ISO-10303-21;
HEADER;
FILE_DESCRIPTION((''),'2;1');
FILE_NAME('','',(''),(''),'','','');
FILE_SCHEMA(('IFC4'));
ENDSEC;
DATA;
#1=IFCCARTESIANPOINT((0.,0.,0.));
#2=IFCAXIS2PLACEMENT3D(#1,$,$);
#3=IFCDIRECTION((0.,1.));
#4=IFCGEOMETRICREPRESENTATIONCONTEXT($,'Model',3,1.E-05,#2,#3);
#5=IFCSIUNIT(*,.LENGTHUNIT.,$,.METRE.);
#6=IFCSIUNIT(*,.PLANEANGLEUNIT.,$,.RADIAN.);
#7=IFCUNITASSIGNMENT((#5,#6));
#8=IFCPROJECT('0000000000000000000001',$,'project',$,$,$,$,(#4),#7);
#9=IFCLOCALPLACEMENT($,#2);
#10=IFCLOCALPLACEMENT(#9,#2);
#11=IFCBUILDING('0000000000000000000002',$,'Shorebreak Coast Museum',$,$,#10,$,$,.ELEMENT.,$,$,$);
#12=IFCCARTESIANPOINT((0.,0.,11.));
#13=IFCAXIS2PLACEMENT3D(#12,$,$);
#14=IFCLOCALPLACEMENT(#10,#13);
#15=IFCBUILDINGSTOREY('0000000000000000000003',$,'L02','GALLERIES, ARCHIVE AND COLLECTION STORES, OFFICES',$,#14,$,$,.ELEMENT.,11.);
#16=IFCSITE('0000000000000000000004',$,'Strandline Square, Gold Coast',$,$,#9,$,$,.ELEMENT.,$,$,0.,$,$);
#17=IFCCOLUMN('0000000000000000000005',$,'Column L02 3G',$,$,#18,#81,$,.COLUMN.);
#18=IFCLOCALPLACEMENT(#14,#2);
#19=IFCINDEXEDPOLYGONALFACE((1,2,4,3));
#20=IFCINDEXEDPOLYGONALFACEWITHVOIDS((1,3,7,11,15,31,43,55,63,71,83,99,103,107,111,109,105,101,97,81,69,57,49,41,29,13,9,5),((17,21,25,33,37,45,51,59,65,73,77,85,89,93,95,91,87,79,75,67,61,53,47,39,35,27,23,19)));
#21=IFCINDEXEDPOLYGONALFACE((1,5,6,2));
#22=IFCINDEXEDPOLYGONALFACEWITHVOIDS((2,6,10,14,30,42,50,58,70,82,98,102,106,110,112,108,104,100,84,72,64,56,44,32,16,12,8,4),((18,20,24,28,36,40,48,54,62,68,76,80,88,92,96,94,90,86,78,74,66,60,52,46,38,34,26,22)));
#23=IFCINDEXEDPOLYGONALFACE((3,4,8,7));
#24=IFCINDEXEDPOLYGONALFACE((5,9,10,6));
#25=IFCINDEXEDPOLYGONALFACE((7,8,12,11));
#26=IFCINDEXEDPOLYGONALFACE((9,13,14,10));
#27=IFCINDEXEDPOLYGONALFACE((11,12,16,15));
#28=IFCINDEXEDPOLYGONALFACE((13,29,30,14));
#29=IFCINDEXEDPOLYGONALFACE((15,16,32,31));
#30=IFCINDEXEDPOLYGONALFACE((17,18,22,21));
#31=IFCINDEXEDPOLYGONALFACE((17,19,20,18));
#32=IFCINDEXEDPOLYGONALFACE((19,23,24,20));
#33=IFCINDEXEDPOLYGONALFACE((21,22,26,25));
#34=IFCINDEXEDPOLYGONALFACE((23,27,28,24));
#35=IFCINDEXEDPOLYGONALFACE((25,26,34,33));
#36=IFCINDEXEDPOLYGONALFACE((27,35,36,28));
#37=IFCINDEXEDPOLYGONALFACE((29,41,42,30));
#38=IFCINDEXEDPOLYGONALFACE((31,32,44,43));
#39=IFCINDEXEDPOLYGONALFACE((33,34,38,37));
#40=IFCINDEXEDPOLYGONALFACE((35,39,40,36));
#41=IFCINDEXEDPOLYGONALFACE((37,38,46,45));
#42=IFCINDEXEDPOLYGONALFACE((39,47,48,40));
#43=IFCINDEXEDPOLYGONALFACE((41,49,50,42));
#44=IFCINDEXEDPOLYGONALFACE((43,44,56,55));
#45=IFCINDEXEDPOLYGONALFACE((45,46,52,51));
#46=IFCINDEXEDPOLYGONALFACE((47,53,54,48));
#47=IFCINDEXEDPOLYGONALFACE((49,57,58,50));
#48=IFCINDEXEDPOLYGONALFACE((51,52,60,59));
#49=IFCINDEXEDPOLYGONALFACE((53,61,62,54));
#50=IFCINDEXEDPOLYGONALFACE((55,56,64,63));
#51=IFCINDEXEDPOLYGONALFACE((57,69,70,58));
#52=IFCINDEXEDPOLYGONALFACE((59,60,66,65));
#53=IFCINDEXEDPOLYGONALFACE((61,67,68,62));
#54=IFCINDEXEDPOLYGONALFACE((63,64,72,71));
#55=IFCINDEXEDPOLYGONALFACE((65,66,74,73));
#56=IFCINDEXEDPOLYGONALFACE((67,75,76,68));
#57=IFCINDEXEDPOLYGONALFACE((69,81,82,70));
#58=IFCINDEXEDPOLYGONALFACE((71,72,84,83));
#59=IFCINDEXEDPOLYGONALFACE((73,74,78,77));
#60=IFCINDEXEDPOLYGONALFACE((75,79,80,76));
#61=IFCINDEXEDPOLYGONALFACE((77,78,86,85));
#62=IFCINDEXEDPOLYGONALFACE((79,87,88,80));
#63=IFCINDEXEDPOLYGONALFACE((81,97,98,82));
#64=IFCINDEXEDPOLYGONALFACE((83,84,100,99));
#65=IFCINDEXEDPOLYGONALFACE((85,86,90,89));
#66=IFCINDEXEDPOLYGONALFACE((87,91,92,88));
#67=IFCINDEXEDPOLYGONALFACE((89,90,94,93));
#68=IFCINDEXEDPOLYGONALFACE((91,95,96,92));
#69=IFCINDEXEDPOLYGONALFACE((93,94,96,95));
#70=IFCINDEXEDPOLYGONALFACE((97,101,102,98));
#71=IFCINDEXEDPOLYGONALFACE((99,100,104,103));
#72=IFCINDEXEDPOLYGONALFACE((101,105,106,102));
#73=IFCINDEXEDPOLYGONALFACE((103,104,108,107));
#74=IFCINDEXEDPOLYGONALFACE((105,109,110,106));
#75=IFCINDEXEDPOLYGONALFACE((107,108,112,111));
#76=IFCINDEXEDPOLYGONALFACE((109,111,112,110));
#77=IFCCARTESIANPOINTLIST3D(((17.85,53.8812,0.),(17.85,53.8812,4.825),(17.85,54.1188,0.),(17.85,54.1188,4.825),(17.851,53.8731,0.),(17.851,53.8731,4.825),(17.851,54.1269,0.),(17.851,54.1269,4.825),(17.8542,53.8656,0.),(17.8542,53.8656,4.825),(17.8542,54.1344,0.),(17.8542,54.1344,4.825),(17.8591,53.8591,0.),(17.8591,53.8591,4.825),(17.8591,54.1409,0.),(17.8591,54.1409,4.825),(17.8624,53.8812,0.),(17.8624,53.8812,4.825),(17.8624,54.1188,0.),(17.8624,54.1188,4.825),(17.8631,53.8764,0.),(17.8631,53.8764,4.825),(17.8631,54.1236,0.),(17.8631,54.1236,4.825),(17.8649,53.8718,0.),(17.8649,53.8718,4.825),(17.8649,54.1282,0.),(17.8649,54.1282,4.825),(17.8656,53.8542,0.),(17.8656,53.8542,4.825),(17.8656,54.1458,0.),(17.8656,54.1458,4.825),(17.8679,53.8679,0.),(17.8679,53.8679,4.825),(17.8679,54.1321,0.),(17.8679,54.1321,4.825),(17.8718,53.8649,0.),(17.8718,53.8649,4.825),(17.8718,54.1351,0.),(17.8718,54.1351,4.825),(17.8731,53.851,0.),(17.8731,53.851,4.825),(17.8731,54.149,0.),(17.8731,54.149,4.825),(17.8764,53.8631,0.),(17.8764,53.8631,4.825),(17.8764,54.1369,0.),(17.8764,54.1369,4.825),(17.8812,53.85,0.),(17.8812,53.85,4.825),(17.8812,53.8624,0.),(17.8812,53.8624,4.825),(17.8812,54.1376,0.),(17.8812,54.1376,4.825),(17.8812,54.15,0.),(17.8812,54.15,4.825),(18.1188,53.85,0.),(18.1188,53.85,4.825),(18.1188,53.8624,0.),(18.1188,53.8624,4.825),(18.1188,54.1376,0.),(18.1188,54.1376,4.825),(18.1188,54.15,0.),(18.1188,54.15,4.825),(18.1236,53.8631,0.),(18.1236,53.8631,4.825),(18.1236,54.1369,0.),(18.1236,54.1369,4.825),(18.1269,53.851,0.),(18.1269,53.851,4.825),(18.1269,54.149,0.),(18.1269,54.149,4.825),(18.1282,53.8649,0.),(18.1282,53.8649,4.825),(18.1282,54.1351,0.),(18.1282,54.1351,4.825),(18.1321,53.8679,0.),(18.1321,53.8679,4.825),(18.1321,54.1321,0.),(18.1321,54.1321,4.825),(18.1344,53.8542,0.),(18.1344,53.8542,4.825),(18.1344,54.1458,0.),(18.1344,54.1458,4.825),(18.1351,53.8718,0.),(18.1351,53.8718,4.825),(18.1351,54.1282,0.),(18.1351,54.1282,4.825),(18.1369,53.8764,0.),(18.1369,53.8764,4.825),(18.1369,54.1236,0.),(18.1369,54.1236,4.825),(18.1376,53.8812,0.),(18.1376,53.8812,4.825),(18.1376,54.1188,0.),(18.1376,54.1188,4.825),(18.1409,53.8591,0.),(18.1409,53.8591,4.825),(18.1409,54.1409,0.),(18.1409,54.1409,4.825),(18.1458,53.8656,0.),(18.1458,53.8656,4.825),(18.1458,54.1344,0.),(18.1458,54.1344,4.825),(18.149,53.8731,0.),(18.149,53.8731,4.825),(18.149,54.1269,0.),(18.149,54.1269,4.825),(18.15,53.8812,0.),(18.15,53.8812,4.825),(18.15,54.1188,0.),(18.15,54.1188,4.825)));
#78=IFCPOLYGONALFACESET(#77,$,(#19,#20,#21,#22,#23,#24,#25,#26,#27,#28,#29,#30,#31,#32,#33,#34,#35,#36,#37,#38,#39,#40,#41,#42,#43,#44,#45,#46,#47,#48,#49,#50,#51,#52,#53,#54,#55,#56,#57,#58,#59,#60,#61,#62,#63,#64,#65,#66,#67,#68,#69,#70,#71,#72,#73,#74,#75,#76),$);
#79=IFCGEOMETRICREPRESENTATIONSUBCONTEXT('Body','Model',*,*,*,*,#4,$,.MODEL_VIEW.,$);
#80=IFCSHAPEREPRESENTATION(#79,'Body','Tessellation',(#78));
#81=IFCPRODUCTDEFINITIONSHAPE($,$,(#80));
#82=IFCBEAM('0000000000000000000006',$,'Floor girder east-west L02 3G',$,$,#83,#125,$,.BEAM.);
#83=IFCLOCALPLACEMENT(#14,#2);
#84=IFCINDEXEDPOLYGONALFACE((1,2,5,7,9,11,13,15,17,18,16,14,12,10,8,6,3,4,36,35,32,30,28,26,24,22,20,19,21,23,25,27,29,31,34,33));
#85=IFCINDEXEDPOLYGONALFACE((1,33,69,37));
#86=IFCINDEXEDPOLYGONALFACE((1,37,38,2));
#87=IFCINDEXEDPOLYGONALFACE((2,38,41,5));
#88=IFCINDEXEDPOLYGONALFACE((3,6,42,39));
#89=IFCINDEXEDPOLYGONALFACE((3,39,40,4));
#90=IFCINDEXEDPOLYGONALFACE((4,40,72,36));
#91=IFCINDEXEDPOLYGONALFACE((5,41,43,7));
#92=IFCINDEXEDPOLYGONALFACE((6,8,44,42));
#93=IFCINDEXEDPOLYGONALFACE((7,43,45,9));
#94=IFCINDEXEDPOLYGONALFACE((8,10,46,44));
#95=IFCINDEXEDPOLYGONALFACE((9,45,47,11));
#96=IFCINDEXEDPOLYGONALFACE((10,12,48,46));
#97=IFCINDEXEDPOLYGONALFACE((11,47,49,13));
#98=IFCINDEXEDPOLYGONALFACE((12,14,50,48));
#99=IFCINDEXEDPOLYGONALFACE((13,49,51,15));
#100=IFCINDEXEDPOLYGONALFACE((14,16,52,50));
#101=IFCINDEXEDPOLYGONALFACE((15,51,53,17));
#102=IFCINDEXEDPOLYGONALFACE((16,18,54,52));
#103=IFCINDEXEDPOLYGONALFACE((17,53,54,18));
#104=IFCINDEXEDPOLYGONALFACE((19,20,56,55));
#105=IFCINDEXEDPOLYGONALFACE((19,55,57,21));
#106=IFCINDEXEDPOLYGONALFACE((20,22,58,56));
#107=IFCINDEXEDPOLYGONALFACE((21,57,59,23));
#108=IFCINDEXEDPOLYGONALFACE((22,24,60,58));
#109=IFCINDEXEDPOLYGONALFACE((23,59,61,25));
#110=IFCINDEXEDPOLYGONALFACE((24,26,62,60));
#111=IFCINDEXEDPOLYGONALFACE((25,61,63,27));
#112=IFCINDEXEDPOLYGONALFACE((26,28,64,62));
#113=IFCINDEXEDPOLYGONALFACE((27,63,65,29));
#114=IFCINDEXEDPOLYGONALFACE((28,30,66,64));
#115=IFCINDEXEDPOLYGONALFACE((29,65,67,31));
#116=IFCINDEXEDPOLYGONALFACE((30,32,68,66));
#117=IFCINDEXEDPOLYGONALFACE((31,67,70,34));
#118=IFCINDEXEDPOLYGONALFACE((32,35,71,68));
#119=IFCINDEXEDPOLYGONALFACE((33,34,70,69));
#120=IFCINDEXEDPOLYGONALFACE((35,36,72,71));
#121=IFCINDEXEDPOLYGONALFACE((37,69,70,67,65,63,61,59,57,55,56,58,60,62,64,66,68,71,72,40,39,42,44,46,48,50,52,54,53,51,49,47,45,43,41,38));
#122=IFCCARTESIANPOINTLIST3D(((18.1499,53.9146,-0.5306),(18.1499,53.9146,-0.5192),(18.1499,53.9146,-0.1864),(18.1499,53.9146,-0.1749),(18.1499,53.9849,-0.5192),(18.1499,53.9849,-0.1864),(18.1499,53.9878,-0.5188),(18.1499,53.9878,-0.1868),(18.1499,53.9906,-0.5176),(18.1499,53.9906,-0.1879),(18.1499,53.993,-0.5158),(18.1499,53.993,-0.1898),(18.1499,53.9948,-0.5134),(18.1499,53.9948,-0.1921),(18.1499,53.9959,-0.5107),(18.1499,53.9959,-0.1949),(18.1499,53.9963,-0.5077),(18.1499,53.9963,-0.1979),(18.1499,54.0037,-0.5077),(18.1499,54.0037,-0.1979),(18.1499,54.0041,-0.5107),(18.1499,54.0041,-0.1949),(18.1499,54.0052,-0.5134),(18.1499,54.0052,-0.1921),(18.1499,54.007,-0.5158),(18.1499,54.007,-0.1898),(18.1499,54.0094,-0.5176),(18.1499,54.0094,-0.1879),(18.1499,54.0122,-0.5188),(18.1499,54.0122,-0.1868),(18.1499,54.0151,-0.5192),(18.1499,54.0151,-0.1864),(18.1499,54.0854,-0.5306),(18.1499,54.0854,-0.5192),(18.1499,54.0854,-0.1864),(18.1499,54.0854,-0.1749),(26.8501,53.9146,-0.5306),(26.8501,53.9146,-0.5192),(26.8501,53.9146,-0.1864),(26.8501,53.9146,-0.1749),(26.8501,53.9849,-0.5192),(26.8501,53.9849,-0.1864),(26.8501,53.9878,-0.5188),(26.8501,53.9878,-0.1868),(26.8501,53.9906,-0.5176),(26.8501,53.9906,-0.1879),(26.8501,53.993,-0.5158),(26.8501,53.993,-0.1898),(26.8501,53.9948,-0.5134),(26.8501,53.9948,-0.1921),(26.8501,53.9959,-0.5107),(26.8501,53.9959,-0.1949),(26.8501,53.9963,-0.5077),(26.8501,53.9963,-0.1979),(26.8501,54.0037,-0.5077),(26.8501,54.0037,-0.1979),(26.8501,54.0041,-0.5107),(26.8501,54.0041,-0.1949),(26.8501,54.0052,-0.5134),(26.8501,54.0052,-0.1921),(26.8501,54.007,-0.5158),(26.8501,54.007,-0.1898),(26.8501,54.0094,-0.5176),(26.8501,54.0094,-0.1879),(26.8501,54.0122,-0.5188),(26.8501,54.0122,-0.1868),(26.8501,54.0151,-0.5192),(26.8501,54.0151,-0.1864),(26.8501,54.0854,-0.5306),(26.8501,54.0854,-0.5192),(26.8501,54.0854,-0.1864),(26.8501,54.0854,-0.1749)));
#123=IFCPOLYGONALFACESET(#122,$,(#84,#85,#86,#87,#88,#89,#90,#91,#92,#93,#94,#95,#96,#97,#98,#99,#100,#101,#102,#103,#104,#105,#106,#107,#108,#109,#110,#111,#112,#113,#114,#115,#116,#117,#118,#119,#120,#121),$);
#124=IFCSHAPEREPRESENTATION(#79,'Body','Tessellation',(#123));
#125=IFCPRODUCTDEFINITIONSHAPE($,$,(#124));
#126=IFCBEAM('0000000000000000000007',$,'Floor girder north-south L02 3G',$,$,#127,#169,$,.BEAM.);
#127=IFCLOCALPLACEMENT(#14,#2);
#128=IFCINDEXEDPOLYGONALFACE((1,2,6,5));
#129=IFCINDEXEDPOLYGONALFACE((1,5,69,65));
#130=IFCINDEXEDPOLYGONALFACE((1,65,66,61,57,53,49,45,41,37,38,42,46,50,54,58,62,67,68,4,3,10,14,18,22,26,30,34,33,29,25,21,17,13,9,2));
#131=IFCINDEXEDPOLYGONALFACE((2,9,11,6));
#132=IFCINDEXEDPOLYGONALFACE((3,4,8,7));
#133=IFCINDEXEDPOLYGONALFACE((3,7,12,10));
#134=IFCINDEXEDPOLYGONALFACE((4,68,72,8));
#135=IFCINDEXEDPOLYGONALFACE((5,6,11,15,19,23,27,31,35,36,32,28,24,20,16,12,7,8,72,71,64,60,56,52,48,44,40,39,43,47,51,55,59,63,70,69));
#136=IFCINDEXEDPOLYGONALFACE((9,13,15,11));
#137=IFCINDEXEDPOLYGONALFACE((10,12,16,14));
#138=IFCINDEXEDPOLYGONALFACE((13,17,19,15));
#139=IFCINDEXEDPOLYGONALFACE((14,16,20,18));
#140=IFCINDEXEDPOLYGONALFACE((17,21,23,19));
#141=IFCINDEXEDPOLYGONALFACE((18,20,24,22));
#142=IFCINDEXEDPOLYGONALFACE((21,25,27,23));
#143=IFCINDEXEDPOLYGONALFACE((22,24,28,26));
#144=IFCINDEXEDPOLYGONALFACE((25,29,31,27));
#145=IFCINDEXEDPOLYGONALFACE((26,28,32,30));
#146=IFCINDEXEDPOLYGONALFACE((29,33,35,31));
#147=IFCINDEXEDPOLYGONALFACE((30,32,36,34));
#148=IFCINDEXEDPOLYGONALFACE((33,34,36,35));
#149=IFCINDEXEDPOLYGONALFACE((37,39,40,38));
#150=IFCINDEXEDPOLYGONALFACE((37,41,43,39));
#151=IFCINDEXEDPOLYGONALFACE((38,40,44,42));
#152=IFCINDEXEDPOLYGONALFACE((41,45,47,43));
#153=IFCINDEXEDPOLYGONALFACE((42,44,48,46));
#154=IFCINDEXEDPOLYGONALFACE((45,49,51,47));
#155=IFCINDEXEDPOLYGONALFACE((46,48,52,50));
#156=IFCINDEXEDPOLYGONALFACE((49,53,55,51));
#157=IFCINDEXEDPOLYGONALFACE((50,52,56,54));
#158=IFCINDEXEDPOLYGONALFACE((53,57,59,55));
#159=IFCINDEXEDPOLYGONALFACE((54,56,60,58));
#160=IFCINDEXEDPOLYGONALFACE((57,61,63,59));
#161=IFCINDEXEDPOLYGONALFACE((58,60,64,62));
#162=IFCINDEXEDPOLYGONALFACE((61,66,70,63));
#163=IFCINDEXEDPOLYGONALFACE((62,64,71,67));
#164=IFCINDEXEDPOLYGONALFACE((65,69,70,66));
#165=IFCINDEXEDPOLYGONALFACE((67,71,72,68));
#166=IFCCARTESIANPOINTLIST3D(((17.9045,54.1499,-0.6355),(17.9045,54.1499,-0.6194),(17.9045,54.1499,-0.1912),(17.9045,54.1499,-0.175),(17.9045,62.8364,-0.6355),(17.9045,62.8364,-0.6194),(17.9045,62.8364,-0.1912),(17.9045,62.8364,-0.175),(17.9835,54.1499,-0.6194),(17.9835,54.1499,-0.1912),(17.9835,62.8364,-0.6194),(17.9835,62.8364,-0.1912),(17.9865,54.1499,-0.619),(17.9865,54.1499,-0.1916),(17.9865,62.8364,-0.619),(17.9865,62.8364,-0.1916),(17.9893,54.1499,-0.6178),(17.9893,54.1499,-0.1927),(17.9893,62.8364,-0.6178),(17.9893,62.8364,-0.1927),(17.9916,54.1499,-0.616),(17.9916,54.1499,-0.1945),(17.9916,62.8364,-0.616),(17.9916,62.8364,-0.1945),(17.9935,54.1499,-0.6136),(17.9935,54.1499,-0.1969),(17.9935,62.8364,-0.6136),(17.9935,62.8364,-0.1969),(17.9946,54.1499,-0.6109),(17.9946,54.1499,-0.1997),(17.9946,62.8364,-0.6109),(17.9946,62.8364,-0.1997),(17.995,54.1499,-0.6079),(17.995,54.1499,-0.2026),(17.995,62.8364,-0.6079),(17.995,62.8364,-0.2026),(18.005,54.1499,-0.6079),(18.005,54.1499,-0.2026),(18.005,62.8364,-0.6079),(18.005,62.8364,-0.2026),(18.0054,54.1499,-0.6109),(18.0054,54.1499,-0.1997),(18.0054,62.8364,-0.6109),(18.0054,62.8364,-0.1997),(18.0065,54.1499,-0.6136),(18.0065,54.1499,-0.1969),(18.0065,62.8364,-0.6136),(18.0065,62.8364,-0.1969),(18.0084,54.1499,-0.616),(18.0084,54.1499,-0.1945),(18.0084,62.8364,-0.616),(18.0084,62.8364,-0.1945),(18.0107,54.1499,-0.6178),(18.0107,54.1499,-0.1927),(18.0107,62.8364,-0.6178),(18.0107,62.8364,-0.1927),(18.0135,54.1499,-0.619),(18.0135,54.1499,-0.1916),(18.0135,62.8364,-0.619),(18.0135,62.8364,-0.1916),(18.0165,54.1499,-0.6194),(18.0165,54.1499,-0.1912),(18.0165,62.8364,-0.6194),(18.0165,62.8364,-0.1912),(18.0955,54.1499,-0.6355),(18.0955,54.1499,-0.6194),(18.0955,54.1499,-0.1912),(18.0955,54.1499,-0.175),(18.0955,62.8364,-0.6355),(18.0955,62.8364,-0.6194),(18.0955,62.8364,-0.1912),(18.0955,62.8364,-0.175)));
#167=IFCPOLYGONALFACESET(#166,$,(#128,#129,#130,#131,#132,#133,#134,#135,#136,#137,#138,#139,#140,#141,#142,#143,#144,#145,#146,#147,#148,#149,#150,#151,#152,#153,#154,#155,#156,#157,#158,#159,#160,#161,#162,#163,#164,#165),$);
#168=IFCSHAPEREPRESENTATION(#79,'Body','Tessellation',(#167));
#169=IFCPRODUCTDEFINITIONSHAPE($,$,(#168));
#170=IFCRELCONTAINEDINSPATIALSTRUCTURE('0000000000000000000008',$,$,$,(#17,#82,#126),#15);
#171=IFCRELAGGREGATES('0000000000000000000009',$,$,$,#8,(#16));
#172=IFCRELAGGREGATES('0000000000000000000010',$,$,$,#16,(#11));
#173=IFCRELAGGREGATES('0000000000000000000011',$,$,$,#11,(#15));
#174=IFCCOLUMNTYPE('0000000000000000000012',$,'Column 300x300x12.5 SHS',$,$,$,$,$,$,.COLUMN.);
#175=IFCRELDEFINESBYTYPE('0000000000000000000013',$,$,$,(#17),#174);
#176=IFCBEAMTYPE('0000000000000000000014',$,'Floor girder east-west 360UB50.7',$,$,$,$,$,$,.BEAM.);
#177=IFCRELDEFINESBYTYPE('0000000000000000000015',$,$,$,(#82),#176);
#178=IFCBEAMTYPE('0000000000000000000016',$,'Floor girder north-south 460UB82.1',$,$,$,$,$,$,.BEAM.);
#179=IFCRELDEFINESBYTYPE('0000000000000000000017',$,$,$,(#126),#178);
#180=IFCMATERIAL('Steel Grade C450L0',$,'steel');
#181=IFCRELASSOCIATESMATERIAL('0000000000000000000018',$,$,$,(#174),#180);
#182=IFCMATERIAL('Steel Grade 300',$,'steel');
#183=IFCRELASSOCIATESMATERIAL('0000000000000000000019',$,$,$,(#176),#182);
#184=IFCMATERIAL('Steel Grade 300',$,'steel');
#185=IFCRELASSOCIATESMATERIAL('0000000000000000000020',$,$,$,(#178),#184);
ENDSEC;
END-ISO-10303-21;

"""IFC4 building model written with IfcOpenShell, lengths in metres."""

from ifc_helpers import new_model, si_unit, direction, frame, origin, origin_2d, place, context, subcontext, project, spatial, hollow_rectangle, i_section, extrude, material, material_profile, profile_set, type_object, element, save


model = new_model("IFC4")

# Units and contexts
model_context = context("Model", 3, precision=1e-05, world=origin(), true_north=direction((0.0, 1.0)))
body_context = subcontext(model_context, "Body", "Model", "MODEL_VIEW")
ifc_project = project(units=[si_unit("LENGTHUNIT", "METRE"), si_unit("PLANEANGLEUNIT", "RADIAN")], contexts=[model_context])

# Site, building, storey
site_placement = place(None, origin())
site = spatial("IfcSite", under=ifc_project, at=site_placement, Name="Strandline Square, Gold Coast", CompositionType="ELEMENT", RefElevation=0.0)
building_placement = place(site_placement, origin())
building = spatial("IfcBuilding", under=site, at=building_placement, Name="Shorebreak Coast Museum", CompositionType="ELEMENT")
storey_placement = place(building_placement, frame((0.0, 0.0, 11.0)))
storey = spatial("IfcBuildingStorey", under=building, at=storey_placement, Name="L02", Description="GALLERIES, ARCHIVE AND COLLECTION STORES, OFFICES", CompositionType="ELEMENT", Elevation=11.0)

# Column
ifc_material_1 = material(Name="Steel Grade C450L0", Category="steel")
ifc_material_profile_1 = material_profile(ifc_material_1, hollow_rectangle(XDim=0.3, YDim=0.3, WallThickness=0.0125, InnerFilletRadius=0.0188, OuterFilletRadius=0.0312, at=origin_2d()), Name="300x300x12.5 SHS")
ifc_profile_set_1 = profile_set([ifc_material_profile_1], Name="Steel Grade C450L0")
column_type = type_object("IfcColumnType", Name="Column 300x300x12.5 SHS", PredefinedType="COLUMN", material=ifc_profile_set_1)
column_placement = place(storey_placement, frame((18.0, 54.0, 0.0), z_axis=(0.0, 0.0, 1.0), x_axis=(1.0, 0.0, 0.0)))
element("IfcColumn", 1, at=column_placement, inside=storey, type_object=column_type, Name="Column L02 3G", PredefinedType="COLUMN", context=body_context, shape_type="SweptSolid", body=[
    extrude(hollow_rectangle(XDim=0.3, YDim=0.3, WallThickness=0.0125, InnerFilletRadius=0.0188, OuterFilletRadius=0.0312, at=origin_2d()), origin(), (0.0, 0.0, 1.0), 4.825),
])

# Beams
ifc_material_2 = material(Name="Steel Grade 300", Category="steel")
ifc_material_profile_2 = material_profile(ifc_material_2, i_section(OverallWidth=0.1709, OverallDepth=0.3557, WebThickness=0.0073, FlangeThickness=0.0115, FilletRadius=0.0115, at=origin_2d()), Name="360UB50.7")
ifc_profile_set_2 = profile_set([ifc_material_profile_2], Name="Steel Grade 300")
beam_type_1 = type_object("IfcBeamType", Name="Floor girder east-west 360UB50.7", PredefinedType="BEAM", material=ifc_profile_set_2)
beam_1_placement = place(storey_placement, frame((18.1499, 54.0, -0.3528), z_axis=(1.0, 0.0, 0.0), x_axis=(0.0, 1.0, 0.0)))
element("IfcBeam", 2, at=beam_1_placement, inside=storey, type_object=beam_type_1, Name="Floor girder east-west L02 3G", PredefinedType="BEAM", context=body_context, shape_type="SweptSolid", body=[
    extrude(i_section(OverallWidth=0.1709, OverallDepth=0.3557, WebThickness=0.0073, FlangeThickness=0.0115, FilletRadius=0.0115, at=origin_2d()), origin(), (0.0, 0.0, 1.0), 8.7002),
])
ifc_material_3 = material(Name="Steel Grade 300", Category="steel")
ifc_material_profile_3 = material_profile(ifc_material_3, i_section(OverallWidth=0.1909, OverallDepth=0.4604, WebThickness=0.01, FlangeThickness=0.0161, FilletRadius=0.0115, at=origin_2d()), Name="460UB82.1")
ifc_profile_set_3 = profile_set([ifc_material_profile_3], Name="Steel Grade 300")
beam_type_2 = type_object("IfcBeamType", Name="Floor girder north-south 460UB82.1", PredefinedType="BEAM", material=ifc_profile_set_3)
beam_2_placement = place(storey_placement, frame((18.0, 54.1499, -0.4053), z_axis=(0.0, 1.0, 0.0), x_axis=(-1.0, 0.0, 0.0)))
element("IfcBeam", 3, at=beam_2_placement, inside=storey, type_object=beam_type_2, Name="Floor girder north-south L02 3G", PredefinedType="BEAM", context=body_context, shape_type="SweptSolid", body=[
    extrude(i_section(OverallWidth=0.1909, OverallDepth=0.4604, WebThickness=0.01, FlangeThickness=0.0161, FilletRadius=0.0115, at=origin_2d()), origin(), (0.0, 0.0, 1.0), 8.6865),
])

save(model, "model.ifc")
